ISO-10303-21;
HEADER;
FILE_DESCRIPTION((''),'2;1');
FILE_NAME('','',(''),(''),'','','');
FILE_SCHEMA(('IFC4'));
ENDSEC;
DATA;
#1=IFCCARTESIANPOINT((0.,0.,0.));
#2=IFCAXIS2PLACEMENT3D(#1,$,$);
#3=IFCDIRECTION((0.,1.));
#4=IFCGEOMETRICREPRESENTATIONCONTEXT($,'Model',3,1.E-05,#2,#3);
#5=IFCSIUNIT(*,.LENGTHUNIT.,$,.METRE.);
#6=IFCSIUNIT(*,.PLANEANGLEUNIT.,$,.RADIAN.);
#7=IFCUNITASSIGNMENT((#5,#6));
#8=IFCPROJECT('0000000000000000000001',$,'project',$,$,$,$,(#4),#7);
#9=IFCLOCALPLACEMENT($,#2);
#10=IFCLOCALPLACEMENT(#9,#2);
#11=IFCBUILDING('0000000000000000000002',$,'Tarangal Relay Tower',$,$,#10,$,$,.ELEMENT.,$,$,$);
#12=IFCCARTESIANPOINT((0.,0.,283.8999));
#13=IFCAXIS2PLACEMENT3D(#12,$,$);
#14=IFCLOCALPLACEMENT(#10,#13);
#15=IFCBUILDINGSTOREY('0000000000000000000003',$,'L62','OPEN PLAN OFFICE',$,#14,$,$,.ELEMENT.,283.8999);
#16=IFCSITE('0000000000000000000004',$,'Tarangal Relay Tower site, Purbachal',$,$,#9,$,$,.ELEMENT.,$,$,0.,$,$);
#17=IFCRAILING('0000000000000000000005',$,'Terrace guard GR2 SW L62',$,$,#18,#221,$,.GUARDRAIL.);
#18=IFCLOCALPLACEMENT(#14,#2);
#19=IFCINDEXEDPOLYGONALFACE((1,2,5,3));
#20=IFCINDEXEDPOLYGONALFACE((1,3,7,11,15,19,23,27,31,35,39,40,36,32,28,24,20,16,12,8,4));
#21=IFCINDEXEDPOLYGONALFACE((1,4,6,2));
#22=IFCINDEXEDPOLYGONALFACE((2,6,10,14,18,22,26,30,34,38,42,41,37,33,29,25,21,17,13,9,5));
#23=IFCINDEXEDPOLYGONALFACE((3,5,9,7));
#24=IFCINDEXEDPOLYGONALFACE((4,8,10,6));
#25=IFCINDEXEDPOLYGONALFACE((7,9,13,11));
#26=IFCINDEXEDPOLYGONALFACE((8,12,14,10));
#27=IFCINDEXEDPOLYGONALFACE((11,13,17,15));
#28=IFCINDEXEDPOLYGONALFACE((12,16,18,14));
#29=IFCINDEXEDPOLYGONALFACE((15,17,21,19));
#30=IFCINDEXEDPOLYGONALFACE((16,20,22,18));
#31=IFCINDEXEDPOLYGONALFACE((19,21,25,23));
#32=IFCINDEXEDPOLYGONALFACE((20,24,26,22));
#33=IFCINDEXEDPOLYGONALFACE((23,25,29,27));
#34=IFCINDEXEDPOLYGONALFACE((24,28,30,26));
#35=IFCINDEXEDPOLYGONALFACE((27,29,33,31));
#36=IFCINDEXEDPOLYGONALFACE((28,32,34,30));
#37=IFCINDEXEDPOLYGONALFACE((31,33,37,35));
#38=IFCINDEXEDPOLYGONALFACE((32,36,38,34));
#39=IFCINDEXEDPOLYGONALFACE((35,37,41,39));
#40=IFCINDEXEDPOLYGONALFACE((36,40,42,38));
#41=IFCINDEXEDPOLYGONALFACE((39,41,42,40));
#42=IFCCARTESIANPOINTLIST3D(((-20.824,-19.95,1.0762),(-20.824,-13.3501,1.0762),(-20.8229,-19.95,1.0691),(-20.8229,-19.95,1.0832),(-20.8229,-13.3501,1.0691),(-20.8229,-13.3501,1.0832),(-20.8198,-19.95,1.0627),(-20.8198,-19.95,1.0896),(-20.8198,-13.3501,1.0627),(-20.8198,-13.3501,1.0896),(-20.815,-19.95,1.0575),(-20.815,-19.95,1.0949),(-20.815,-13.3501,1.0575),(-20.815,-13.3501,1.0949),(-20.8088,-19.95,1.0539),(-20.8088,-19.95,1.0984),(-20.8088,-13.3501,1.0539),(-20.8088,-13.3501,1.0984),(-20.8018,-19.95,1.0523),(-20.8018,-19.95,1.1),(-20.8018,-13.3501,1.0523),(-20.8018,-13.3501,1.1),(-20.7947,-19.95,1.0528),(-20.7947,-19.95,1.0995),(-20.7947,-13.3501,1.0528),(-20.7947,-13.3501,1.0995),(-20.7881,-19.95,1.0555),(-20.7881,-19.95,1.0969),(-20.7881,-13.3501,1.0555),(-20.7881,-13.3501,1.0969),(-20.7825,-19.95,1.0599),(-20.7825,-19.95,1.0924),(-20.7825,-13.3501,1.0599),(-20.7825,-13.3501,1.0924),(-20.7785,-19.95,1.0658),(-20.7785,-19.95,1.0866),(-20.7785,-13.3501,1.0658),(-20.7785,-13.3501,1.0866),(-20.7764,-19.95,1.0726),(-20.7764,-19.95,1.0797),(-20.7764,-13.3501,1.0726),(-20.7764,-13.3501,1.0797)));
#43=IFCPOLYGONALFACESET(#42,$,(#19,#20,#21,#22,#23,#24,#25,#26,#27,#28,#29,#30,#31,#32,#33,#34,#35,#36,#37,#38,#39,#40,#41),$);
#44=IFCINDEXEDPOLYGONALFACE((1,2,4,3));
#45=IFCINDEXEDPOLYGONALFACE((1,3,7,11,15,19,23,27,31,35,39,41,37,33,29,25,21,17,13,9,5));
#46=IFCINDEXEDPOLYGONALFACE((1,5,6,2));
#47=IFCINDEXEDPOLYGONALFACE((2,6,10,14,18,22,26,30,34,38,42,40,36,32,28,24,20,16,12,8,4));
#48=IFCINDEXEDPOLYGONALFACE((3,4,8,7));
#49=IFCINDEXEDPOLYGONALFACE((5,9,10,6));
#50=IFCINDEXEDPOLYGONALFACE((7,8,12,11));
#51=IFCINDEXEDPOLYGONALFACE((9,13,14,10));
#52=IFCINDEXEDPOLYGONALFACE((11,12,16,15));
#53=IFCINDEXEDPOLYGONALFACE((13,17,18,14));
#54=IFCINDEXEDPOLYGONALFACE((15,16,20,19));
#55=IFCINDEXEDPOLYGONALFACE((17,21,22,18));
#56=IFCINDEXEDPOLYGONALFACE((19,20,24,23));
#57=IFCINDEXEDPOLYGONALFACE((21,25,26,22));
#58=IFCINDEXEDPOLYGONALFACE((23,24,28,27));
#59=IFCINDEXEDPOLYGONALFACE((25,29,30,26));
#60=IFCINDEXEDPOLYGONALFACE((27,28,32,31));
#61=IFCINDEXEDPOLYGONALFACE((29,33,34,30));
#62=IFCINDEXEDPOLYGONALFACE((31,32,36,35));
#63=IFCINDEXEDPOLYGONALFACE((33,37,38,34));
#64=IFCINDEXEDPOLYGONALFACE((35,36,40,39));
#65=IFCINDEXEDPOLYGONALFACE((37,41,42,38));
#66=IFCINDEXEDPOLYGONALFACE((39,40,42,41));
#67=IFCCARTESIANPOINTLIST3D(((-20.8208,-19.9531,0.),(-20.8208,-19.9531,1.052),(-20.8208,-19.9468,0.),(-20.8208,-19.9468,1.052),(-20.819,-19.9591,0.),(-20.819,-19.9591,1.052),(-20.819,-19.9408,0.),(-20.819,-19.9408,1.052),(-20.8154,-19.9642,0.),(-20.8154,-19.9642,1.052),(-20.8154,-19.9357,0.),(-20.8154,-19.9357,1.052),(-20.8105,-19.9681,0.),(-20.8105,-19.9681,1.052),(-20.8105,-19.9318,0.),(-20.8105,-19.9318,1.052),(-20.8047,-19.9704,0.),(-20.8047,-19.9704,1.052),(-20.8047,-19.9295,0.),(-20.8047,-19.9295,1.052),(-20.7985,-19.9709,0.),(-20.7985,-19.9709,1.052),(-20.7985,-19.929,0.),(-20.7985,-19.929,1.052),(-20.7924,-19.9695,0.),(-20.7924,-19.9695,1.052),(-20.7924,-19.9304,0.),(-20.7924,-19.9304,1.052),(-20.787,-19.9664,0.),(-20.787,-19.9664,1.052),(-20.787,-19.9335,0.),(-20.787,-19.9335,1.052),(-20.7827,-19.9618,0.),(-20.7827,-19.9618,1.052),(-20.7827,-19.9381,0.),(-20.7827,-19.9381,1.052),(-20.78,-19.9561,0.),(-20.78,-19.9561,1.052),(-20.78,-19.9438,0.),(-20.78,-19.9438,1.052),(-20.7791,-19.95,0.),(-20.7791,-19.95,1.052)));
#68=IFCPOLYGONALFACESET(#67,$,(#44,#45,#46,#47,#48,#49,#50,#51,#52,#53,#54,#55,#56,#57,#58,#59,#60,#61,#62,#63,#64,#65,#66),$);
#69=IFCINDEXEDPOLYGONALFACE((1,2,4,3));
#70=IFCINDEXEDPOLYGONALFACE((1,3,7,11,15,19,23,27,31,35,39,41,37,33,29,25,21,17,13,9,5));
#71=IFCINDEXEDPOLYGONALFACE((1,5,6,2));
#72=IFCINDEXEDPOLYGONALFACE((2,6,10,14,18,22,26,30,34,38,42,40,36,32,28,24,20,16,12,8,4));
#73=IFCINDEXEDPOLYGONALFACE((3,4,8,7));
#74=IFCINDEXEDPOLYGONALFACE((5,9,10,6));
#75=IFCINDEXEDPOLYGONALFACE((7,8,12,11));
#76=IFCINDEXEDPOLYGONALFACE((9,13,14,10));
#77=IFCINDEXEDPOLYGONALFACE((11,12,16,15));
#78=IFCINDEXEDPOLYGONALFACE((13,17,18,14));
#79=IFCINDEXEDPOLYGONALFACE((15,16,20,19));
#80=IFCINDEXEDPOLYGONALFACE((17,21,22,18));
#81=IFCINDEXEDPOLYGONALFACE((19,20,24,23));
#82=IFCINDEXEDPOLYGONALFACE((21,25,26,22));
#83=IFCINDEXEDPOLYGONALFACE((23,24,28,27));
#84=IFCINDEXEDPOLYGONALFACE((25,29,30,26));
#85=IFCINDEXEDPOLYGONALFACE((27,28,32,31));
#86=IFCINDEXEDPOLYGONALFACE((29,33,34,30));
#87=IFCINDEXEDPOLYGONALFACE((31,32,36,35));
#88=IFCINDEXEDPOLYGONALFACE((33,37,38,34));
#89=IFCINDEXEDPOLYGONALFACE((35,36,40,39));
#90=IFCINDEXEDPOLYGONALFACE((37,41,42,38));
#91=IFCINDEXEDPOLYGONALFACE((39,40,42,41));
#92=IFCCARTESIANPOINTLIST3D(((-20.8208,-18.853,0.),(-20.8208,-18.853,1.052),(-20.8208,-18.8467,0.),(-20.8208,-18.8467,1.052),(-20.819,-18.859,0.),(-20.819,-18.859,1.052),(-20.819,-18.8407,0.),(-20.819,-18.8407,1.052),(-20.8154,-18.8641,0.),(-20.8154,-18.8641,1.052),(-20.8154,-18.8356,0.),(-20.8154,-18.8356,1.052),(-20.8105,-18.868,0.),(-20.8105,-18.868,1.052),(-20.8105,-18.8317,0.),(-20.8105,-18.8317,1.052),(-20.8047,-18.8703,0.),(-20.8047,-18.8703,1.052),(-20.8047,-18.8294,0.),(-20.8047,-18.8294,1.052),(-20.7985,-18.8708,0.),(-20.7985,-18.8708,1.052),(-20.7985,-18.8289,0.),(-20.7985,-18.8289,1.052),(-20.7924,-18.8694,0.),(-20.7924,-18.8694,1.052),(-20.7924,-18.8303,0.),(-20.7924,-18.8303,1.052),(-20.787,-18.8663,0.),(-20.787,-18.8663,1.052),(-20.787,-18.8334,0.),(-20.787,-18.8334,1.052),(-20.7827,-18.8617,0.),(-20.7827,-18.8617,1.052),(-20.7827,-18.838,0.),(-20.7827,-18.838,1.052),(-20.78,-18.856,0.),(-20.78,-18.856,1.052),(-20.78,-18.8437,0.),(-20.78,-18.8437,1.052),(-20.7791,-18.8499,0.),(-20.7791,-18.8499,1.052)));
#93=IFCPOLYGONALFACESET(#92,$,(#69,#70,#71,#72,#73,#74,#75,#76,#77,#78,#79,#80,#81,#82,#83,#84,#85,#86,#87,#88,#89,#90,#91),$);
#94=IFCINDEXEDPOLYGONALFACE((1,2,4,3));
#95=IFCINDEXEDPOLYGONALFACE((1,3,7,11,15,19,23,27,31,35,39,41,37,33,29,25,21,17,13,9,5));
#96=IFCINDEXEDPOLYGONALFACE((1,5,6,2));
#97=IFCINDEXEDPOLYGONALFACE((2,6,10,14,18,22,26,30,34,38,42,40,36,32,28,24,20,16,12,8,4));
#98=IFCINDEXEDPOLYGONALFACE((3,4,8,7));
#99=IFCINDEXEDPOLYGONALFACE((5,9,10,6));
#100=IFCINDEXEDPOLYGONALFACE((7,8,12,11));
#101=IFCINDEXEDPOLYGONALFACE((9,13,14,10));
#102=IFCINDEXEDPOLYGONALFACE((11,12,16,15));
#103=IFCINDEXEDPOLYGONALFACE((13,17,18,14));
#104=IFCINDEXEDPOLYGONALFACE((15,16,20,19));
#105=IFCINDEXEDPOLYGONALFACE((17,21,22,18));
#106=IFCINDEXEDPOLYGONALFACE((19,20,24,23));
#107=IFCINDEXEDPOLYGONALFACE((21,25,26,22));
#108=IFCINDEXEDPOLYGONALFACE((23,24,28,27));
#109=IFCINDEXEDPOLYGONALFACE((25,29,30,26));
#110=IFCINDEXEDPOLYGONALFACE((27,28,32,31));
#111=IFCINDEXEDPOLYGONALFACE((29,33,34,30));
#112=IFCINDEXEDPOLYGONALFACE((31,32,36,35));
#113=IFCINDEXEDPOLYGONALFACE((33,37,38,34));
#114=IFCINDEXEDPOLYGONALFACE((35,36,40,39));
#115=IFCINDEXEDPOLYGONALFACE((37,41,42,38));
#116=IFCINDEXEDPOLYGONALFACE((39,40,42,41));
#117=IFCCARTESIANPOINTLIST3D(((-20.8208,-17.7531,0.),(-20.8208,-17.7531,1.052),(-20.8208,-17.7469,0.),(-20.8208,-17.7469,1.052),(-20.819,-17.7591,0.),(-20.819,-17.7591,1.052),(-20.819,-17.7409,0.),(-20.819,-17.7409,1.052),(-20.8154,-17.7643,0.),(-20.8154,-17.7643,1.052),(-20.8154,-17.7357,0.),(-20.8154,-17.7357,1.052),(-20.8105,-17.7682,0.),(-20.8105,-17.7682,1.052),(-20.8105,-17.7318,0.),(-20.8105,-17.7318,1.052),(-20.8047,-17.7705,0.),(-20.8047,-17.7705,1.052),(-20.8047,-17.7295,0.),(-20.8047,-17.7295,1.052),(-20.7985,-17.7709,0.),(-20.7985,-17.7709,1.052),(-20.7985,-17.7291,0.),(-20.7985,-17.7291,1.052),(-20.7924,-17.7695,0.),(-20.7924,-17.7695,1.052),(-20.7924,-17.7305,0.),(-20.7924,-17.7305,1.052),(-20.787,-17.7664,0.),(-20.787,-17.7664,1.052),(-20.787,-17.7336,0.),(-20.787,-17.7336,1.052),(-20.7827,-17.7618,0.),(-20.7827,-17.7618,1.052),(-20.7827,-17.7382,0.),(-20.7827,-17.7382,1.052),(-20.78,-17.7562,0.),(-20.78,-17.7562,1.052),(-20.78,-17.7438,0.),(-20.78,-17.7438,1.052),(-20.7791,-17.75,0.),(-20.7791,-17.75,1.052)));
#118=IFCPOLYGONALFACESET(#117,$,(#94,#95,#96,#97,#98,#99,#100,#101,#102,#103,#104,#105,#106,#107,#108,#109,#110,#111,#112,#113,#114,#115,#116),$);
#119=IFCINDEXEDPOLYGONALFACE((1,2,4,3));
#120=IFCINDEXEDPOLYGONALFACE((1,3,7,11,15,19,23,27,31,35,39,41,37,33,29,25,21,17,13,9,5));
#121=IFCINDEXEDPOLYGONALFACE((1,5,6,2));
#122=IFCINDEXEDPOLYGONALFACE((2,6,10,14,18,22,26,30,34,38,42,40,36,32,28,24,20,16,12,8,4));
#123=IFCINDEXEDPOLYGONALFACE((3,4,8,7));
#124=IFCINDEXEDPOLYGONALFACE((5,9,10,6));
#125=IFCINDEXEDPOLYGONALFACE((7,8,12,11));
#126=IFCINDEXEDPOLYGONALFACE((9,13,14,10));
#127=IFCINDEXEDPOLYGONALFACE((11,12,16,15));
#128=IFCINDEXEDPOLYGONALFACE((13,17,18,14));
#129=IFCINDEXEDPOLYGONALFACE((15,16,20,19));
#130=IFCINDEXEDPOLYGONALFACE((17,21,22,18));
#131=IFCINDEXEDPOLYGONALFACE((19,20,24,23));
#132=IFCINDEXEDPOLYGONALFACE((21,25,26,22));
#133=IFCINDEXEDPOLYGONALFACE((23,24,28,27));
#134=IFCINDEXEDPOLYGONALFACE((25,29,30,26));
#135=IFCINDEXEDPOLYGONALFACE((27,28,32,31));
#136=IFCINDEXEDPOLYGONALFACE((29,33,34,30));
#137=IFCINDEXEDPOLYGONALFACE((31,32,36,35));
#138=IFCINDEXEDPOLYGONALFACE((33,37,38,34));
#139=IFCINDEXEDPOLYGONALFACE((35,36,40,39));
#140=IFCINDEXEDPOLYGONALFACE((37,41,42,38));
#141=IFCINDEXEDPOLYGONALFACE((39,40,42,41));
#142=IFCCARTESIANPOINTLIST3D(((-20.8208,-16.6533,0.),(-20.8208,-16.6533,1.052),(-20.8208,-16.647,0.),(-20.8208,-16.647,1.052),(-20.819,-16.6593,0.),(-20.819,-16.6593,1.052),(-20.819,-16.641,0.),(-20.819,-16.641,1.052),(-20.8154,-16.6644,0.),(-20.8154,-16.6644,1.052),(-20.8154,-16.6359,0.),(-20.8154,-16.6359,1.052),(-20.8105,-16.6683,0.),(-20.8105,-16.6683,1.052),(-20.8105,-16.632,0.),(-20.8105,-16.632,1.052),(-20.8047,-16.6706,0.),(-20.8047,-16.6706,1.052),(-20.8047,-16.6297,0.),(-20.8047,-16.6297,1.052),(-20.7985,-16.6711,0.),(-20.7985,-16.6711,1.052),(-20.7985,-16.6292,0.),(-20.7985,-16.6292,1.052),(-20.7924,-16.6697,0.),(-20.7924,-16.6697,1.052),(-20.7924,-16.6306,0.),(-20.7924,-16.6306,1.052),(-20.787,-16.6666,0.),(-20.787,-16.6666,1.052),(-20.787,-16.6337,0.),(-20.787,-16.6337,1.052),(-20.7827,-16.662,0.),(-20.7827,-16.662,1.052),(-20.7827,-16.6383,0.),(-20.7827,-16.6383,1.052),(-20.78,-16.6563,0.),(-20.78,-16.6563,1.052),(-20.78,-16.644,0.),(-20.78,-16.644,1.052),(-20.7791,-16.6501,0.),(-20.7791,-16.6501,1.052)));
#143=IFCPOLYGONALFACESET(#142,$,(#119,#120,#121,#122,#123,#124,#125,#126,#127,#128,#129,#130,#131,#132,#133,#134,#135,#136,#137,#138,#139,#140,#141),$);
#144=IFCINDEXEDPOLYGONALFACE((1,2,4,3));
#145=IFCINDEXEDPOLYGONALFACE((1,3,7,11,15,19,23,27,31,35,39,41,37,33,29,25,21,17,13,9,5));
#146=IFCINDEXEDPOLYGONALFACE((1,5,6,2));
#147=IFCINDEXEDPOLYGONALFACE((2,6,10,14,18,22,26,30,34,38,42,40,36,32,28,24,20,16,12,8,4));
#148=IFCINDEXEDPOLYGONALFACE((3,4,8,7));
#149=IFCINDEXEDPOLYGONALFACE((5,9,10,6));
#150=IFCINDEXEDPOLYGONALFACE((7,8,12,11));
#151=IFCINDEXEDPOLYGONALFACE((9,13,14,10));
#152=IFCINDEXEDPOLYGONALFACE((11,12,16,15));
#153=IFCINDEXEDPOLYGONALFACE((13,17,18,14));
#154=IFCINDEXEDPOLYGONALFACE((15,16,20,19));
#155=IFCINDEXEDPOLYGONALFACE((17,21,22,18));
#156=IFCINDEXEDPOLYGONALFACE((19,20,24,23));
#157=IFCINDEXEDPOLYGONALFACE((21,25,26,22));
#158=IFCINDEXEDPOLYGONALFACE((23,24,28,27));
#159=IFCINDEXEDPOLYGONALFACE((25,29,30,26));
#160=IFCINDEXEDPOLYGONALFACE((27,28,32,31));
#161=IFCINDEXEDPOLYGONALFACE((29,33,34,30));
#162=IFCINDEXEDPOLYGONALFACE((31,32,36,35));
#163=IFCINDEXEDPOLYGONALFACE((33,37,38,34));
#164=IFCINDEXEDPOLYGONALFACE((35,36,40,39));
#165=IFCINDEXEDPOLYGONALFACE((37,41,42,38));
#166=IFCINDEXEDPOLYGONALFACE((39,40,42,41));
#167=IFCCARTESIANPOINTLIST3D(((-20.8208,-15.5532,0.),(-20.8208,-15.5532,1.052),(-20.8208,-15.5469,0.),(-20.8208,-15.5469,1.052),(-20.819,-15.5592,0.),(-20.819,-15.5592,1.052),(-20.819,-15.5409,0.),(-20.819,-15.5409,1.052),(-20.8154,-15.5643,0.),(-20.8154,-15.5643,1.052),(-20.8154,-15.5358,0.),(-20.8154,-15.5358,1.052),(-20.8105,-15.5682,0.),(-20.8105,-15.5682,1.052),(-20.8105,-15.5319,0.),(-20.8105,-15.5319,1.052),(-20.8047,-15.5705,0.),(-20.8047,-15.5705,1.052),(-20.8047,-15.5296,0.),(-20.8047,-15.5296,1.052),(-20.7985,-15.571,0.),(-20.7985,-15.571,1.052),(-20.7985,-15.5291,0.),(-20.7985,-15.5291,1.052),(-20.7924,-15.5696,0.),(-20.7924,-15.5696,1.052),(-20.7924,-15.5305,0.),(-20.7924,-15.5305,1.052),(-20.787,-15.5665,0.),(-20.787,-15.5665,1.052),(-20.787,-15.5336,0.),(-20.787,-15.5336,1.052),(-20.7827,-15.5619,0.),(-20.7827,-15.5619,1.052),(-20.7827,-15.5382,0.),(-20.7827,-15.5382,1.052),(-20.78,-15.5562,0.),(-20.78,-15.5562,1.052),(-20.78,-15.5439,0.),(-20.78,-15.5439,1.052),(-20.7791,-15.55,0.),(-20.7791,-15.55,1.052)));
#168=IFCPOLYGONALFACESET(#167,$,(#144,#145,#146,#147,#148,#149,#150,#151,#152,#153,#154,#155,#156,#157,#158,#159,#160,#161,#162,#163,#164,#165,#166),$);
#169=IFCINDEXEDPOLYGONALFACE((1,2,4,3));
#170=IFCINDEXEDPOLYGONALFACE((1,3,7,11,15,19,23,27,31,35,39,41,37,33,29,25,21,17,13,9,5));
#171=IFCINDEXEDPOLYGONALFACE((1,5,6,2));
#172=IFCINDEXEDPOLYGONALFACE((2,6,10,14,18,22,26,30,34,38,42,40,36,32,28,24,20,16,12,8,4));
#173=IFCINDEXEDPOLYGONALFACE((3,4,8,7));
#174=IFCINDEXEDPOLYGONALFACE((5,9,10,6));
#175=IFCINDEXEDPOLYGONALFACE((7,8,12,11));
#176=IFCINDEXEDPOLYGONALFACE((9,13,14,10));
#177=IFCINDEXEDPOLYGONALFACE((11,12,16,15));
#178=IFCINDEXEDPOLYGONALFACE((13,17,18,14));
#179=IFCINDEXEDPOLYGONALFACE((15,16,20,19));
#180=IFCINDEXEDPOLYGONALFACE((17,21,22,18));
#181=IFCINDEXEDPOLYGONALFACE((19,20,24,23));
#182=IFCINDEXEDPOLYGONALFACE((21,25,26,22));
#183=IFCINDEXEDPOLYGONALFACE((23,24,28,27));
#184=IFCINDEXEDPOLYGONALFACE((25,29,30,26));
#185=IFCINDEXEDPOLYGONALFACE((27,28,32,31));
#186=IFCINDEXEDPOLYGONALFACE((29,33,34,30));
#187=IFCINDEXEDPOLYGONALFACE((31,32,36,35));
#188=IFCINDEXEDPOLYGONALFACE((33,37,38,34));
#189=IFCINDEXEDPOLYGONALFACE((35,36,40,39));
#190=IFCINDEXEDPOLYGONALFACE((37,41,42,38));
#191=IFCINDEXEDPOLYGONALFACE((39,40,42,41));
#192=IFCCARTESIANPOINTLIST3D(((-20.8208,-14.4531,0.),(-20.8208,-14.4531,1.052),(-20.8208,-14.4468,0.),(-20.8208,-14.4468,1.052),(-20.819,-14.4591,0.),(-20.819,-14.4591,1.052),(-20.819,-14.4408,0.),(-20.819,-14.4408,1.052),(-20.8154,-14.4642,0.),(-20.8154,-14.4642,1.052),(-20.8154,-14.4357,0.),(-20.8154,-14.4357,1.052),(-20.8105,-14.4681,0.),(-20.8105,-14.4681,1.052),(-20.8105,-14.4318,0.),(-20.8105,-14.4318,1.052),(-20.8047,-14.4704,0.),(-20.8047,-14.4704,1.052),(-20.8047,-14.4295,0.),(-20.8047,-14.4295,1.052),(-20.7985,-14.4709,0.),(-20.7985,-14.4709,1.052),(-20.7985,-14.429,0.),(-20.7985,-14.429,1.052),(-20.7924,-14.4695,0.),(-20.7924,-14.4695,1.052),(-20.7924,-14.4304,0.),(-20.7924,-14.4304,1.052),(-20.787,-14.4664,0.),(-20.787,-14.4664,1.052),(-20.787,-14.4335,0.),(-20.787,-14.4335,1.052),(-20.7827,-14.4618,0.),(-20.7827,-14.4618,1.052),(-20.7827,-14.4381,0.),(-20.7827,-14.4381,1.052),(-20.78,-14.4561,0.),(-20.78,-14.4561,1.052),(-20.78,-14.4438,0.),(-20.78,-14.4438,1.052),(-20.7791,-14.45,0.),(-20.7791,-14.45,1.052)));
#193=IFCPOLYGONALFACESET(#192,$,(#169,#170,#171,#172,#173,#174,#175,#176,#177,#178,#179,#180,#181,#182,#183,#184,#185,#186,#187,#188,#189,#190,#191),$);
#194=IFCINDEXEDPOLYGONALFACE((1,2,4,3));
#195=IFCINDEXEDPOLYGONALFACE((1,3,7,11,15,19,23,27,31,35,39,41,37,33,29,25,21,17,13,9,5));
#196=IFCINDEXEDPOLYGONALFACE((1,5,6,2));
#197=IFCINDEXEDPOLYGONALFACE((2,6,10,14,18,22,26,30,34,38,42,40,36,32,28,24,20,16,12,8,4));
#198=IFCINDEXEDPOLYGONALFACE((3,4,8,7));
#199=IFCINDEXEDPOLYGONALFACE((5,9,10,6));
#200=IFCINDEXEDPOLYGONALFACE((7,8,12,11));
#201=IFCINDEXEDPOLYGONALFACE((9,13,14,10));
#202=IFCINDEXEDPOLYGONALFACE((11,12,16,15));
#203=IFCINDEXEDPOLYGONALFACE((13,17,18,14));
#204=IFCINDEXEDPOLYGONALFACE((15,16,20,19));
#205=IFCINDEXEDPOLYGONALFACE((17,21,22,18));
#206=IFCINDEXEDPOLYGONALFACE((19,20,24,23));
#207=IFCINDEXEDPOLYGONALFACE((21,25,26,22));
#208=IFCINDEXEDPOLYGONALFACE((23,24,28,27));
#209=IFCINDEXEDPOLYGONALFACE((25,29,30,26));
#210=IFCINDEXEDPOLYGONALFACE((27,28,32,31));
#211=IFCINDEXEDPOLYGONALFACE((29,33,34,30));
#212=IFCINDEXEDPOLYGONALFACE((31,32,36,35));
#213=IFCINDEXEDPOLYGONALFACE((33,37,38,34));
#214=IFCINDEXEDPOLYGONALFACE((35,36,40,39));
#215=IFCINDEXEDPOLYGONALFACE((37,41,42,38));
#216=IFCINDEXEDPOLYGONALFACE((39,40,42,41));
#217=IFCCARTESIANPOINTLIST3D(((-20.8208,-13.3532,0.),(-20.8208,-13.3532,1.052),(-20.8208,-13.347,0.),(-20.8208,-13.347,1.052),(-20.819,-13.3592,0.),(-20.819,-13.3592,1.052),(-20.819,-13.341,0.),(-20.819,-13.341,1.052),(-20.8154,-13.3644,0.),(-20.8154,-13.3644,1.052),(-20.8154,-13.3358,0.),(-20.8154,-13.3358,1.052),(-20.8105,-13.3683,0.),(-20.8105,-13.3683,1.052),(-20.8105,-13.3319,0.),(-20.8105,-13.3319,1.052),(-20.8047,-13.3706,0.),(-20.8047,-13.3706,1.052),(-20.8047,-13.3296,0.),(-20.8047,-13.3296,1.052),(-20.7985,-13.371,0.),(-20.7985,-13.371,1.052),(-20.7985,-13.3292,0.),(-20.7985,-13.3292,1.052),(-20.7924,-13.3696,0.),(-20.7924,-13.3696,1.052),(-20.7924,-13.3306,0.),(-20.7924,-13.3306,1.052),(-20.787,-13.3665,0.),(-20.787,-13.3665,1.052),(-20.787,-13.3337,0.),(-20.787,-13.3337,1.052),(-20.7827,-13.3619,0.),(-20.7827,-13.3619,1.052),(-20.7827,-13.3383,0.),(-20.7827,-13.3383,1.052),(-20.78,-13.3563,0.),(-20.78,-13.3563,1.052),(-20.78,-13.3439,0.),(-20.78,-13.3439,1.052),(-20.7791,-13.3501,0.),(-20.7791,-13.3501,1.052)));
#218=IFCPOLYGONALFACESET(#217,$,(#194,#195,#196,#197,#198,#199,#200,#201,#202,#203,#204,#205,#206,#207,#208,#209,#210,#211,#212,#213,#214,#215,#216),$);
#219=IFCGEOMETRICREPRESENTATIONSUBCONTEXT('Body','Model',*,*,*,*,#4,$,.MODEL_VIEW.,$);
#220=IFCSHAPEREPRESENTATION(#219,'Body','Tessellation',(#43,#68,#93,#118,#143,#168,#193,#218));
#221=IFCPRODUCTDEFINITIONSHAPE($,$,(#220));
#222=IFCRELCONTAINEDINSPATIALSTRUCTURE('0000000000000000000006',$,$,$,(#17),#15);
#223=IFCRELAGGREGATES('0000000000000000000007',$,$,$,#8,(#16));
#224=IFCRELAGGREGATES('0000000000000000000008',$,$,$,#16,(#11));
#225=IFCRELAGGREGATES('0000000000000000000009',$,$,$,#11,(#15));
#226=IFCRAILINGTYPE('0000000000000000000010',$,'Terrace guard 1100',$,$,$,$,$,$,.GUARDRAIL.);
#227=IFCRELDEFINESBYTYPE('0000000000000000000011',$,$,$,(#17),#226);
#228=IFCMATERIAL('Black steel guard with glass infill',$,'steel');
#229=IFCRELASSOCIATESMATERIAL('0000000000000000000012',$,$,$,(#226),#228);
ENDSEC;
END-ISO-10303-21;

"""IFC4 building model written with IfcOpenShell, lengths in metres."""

from ifc_helpers import new_model, si_unit, direction, frame, origin, origin_2d, place, context, subcontext, project, spatial, circle, extrude, material, type_object, element, save


model = new_model("IFC4")

# Units and contexts
model_context = context("Model", 3, precision=1e-05, world=origin(), true_north=direction((0.0, 1.0)))
body_context = subcontext(model_context, "Body", "Model", "MODEL_VIEW")
ifc_project = project(units=[si_unit("LENGTHUNIT", "METRE"), si_unit("PLANEANGLEUNIT", "RADIAN")], contexts=[model_context])

# Site, building, storey
site_placement = place(None, origin())
site = spatial("IfcSite", under=ifc_project, at=site_placement, Name="Tarangal Relay Tower site, Purbachal", CompositionType="ELEMENT", RefElevation=0.0)
building_placement = place(site_placement, origin())
building = spatial("IfcBuilding", under=site, at=building_placement, Name="Tarangal Relay Tower", CompositionType="ELEMENT")
storey_placement = place(building_placement, frame((0.0, 0.0, 283.8999)))
storey = spatial("IfcBuildingStorey", under=building, at=storey_placement, Name="L62", Description="OPEN PLAN OFFICE", CompositionType="ELEMENT", Elevation=283.8999)

# Railing
ifc_material_1 = material(Name="Black steel guard with glass infill", Category="steel")
railing_type = type_object("IfcRailingType", Name="Terrace guard 1100", PredefinedType="GUARDRAIL", material=ifc_material_1)
railing_1_placement = place(storey_placement, frame((-20.8, -19.95, 0.0)))
element("IfcRailing", 1, at=railing_1_placement, inside=storey, type_object=railing_type, Name="Terrace guard GR2 SW L62", PredefinedType="GUARDRAIL", context=body_context, shape_type="SweptSolid", body=[
    extrude(circle(Radius=0.0239, at=origin_2d()), frame((0.0, 0.0, 1.0762), z_axis=(0.0, 1.0, 0.0), x_axis=(-1.0, 0.0, 0.0)), (0.0, 0.0, 1.0), 6.5999),
    extrude(circle(Radius=0.021, at=origin_2d()), origin(), (0.0, 0.0, 1.0), 1.052),
    extrude(circle(Radius=0.021, at=origin_2d()), frame((0.0, 1.1001, 0.0)), (0.0, 0.0, 1.0), 1.052),
    extrude(circle(Radius=0.021, at=origin_2d()), frame((0.0, 2.2, 0.0)), (0.0, 0.0, 1.0), 1.052),
    extrude(circle(Radius=0.021, at=origin_2d()), frame((0.0, 3.2998, 0.0)), (0.0, 0.0, 1.0), 1.052),
    extrude(circle(Radius=0.021, at=origin_2d()), frame((0.0, 4.3999, 0.0)), (0.0, 0.0, 1.0), 1.052),
    extrude(circle(Radius=0.021, at=origin_2d()), frame((0.0, 5.5, 0.0)), (0.0, 0.0, 1.0), 1.052),
    extrude(circle(Radius=0.021, at=origin_2d()), frame((0.0, 6.5999, 0.0)), (0.0, 0.0, 1.0), 1.052),
])

save(model, "model.ifc")
